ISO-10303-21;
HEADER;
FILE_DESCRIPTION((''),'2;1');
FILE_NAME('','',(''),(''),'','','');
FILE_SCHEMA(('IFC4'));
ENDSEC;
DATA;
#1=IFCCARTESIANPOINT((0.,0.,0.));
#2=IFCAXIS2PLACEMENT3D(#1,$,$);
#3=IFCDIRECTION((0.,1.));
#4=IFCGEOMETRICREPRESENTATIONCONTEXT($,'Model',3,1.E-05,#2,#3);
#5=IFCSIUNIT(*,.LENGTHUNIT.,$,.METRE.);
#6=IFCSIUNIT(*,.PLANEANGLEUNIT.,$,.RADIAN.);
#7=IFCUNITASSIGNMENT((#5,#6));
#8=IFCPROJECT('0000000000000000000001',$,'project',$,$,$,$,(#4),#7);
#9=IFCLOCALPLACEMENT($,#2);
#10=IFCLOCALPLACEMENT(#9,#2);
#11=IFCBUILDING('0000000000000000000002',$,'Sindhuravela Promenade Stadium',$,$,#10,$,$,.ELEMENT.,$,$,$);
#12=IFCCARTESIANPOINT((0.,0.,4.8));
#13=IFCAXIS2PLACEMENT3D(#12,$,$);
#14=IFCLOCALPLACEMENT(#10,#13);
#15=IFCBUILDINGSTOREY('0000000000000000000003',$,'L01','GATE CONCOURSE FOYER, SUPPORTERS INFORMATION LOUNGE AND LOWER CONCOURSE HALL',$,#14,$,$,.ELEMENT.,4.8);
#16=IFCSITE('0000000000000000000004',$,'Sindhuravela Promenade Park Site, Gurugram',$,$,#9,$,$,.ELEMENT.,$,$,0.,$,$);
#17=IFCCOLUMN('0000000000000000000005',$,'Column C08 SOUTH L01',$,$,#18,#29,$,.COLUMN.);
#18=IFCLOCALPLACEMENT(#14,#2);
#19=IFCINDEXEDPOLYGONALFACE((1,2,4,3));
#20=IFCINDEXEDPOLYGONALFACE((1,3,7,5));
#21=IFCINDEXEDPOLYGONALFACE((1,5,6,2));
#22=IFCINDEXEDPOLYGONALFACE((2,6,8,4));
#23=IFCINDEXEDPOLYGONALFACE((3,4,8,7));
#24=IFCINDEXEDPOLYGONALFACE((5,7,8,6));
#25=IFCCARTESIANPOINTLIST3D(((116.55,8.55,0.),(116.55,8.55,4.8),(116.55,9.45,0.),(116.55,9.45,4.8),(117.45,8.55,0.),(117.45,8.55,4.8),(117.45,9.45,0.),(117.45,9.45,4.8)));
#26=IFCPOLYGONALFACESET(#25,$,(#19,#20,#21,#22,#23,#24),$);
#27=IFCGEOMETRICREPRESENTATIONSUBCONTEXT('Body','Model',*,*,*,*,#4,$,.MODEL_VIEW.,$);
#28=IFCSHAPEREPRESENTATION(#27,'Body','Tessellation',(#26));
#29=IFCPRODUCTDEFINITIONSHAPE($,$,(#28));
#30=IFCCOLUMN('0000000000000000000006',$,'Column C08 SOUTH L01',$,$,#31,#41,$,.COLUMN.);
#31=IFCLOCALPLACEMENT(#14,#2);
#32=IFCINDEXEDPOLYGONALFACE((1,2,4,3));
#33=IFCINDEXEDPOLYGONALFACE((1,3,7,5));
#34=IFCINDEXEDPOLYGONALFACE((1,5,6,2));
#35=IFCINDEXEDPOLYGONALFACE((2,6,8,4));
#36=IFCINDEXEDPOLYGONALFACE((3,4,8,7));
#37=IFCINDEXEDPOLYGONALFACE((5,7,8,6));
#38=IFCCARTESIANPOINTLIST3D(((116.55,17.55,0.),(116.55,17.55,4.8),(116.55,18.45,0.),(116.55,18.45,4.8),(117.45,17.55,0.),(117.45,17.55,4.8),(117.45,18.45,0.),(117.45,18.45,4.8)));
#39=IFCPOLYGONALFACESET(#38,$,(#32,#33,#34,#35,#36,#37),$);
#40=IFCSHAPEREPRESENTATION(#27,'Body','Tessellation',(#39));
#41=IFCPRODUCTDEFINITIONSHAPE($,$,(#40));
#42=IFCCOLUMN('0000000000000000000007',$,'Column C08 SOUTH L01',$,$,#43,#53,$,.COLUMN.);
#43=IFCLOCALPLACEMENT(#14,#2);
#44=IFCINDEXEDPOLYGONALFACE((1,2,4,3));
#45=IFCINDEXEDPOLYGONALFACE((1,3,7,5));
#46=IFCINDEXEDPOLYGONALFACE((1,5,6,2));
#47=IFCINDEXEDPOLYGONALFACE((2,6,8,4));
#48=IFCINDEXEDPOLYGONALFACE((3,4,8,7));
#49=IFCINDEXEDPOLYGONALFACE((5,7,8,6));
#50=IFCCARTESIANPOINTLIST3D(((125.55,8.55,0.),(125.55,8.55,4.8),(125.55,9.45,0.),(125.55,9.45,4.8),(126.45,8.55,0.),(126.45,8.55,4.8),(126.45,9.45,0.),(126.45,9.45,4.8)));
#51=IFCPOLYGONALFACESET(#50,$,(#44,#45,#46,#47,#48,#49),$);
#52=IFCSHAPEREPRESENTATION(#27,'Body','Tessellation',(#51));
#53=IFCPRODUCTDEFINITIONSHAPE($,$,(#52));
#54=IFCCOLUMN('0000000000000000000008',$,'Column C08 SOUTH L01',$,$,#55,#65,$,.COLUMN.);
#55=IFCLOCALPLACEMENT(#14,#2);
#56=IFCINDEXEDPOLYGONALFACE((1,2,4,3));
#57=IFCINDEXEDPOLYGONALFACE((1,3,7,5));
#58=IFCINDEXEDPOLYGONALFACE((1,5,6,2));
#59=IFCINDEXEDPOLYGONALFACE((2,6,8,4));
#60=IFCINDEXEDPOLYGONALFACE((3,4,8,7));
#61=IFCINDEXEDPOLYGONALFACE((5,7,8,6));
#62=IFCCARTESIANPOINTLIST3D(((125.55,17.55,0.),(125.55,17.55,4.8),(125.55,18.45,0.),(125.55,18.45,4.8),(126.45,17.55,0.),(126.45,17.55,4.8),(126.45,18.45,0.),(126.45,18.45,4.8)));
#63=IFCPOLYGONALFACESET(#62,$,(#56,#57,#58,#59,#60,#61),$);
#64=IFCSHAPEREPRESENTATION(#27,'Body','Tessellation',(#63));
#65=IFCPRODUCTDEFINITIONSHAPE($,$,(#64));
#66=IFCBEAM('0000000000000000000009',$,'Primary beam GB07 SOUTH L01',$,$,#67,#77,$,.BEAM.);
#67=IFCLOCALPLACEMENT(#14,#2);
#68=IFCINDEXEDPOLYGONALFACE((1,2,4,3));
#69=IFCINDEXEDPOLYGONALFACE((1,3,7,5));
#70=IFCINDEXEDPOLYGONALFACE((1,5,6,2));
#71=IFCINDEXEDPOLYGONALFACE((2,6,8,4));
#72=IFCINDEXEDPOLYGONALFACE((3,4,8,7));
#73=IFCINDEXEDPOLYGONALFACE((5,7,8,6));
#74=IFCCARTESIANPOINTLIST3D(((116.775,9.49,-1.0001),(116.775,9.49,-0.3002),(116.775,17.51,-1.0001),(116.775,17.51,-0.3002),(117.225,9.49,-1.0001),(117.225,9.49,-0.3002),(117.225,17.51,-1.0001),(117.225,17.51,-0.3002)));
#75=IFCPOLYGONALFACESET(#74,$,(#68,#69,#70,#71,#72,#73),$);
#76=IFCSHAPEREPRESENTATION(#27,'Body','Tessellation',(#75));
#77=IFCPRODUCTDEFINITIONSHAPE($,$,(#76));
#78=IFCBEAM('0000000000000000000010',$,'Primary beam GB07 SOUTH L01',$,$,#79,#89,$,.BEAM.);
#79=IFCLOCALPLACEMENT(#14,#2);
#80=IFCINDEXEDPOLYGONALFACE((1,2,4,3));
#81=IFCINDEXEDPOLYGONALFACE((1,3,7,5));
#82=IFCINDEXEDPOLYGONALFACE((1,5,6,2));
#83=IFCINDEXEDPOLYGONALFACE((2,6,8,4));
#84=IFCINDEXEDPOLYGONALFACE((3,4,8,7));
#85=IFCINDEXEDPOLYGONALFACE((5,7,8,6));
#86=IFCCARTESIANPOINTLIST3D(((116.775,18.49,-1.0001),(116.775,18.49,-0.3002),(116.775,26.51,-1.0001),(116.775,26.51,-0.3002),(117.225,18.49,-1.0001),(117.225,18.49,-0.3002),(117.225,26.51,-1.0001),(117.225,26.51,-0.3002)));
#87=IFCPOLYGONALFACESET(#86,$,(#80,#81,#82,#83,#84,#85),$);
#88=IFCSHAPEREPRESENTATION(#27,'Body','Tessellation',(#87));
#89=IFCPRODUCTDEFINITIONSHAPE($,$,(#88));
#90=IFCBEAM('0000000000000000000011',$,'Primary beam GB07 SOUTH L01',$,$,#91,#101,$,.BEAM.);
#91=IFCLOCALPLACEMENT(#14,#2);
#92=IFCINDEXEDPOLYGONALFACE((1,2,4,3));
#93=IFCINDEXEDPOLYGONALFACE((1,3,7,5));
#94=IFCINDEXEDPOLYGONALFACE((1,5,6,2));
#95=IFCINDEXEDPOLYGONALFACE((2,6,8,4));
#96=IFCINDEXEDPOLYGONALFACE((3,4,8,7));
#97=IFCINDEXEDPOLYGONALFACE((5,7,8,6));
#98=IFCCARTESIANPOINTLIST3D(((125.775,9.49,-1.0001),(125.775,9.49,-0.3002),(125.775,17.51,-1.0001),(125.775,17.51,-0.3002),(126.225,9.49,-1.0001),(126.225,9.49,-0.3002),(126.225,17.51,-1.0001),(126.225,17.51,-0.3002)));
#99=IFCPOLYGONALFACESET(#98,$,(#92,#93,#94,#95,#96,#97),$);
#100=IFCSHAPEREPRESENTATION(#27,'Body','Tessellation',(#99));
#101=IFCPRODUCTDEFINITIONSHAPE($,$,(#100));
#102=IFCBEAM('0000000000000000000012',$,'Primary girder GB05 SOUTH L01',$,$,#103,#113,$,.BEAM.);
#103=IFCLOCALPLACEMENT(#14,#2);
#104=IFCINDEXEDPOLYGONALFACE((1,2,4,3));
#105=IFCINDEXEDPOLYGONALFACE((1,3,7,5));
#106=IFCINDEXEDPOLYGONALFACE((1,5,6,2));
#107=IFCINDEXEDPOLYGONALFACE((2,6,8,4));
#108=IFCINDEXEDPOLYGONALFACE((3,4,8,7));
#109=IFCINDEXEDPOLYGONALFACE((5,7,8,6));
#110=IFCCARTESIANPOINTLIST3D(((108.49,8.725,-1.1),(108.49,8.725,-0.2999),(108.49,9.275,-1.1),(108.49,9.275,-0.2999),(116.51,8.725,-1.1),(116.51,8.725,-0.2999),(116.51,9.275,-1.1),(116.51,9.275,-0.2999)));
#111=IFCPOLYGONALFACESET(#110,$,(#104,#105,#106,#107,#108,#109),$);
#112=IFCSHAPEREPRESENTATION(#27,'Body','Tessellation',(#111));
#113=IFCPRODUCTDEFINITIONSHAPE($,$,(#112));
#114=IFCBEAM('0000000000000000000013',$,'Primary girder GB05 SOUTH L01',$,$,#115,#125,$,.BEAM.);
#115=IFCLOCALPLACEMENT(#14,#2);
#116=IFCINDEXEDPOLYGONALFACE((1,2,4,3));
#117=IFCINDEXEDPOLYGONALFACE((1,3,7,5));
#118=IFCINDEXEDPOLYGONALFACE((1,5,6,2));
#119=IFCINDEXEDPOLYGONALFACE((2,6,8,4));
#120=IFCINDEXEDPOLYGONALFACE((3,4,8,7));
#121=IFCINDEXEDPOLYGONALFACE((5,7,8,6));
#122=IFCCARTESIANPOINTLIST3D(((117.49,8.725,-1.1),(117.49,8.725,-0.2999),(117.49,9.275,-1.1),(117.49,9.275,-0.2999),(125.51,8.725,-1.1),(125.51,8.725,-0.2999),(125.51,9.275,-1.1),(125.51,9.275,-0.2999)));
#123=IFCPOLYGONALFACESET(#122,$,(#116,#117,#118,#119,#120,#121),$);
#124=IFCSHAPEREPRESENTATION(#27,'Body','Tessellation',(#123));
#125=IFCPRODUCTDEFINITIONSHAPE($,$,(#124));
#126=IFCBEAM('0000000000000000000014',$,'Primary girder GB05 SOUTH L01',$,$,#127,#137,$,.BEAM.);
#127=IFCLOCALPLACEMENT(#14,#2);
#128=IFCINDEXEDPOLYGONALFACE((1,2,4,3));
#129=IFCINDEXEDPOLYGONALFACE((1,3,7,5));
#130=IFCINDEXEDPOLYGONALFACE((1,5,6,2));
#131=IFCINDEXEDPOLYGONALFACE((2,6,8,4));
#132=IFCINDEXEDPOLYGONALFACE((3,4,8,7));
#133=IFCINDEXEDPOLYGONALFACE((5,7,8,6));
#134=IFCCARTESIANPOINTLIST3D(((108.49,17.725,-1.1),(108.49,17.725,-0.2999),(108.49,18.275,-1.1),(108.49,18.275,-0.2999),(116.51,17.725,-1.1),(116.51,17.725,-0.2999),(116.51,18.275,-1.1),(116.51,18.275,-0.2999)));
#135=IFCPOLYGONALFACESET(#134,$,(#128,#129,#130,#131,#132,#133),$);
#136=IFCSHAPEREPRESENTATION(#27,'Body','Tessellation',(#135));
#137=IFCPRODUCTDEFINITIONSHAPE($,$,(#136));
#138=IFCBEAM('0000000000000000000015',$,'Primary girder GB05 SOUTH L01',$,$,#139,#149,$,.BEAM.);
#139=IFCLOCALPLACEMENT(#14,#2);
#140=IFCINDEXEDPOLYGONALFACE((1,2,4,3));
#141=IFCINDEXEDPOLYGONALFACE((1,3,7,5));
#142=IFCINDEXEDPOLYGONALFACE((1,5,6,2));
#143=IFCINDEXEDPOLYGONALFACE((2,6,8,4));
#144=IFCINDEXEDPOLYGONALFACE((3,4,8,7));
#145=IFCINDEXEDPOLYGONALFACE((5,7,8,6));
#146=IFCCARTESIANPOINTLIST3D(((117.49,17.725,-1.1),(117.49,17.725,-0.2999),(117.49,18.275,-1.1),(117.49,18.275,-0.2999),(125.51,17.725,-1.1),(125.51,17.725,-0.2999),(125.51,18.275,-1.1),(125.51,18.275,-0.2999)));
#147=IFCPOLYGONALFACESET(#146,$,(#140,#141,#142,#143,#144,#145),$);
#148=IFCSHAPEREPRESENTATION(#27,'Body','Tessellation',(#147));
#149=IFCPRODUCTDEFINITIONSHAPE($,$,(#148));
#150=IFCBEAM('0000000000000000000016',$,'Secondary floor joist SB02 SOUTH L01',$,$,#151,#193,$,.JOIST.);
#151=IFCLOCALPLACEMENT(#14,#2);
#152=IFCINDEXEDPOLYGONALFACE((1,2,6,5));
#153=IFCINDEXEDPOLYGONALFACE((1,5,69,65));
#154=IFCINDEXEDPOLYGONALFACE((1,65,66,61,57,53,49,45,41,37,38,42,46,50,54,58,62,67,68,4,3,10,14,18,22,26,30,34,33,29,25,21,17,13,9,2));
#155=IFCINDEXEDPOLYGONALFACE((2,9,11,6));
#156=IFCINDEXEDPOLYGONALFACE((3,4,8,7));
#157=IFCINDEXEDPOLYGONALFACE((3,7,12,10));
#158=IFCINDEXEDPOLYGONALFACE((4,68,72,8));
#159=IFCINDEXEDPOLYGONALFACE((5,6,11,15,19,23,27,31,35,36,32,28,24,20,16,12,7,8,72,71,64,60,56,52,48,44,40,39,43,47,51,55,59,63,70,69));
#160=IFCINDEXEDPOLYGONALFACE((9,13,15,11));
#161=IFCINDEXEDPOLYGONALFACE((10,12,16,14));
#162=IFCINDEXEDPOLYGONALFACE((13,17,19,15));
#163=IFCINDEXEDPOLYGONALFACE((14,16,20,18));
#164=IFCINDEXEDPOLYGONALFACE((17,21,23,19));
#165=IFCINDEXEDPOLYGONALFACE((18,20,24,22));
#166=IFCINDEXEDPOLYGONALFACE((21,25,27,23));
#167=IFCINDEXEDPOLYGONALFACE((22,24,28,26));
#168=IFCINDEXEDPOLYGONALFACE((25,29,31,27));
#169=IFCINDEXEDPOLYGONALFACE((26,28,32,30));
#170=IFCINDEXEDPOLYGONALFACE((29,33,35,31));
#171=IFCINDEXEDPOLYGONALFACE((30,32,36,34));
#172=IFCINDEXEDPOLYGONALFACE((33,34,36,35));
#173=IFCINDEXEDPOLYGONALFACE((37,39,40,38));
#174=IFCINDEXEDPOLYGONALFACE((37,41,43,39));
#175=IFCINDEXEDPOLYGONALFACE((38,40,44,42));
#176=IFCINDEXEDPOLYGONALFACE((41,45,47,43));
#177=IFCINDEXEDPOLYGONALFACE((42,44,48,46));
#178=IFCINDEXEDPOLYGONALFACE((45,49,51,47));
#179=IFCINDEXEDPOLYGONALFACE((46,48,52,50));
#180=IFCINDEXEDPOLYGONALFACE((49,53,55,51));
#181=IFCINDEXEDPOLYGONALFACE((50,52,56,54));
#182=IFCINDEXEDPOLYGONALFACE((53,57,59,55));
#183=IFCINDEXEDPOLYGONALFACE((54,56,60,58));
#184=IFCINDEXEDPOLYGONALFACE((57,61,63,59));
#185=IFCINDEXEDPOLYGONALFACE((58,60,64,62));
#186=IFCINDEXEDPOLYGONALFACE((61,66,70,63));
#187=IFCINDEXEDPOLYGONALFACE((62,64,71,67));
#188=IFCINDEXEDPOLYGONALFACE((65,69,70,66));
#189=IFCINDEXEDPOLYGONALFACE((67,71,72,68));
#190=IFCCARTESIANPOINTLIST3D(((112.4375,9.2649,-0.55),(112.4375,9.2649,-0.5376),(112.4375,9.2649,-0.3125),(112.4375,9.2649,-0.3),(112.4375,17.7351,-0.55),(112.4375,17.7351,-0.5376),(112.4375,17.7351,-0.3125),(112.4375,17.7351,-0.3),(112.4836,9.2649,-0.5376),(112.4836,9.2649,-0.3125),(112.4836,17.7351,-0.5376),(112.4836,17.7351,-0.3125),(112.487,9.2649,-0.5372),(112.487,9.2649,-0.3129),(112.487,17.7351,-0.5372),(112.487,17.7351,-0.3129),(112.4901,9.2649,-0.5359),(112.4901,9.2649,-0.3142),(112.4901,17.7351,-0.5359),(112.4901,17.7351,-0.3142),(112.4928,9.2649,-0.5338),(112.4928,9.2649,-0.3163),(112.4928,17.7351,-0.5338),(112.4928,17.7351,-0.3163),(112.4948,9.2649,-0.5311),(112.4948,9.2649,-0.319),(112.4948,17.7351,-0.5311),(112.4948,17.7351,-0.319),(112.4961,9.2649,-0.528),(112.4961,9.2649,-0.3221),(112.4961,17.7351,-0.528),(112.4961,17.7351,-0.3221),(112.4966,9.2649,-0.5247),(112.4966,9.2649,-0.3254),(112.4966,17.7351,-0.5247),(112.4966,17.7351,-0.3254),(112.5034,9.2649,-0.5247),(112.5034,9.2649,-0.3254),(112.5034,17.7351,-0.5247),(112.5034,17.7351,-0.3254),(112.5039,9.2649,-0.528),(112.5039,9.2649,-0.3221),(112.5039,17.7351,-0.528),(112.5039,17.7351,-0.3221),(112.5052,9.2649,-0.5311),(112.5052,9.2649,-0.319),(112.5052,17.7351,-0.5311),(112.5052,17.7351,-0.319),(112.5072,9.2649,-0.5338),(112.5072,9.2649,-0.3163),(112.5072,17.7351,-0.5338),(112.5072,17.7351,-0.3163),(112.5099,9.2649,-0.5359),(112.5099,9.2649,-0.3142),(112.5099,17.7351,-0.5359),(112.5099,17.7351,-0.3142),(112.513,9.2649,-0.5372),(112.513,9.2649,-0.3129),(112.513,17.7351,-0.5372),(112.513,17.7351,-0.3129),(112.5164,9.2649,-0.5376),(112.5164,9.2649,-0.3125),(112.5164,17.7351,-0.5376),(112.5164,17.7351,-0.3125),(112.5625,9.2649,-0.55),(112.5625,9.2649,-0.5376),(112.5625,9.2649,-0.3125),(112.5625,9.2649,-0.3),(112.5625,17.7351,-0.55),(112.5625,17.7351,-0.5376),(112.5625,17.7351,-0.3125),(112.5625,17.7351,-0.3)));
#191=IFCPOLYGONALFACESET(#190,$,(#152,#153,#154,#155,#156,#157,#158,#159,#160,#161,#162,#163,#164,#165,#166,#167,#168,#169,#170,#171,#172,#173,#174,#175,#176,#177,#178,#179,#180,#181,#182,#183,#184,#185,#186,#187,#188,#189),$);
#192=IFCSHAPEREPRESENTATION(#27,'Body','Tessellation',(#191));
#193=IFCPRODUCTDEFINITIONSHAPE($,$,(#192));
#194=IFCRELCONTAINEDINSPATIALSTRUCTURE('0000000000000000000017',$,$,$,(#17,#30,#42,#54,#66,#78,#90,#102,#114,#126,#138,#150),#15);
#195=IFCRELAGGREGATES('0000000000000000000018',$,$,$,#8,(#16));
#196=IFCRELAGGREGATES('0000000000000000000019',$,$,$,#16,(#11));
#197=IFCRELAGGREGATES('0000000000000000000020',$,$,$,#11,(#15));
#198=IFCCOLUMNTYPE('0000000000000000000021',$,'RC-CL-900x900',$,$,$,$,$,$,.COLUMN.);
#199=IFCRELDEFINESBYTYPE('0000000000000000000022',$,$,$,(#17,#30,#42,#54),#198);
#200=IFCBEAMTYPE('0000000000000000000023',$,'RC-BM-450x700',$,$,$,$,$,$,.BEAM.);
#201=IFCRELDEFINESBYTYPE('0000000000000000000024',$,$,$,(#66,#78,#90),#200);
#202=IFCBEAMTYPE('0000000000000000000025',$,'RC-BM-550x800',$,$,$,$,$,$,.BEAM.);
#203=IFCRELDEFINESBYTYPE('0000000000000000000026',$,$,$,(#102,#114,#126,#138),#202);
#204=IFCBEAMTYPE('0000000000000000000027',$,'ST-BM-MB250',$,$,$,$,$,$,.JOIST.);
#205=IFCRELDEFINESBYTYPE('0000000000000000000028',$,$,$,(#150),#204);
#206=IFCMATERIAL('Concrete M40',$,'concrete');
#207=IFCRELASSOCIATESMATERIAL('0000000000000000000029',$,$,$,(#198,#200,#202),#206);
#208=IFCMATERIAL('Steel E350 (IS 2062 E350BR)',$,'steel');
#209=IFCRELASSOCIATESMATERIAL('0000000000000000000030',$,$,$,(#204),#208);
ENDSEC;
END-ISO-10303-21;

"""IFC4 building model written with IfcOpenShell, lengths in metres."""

from ifc_helpers import new_model, si_unit, direction, frame, origin, origin_2d, place, context, subcontext, project, spatial, rectangle, i_section, extrude, material, material_profile, profile_set, type_object, element, save


model = new_model("IFC4")

# Units and contexts
model_context = context("Model", 3, precision=1e-05, world=origin(), true_north=direction((0.0, 1.0)))
body_context = subcontext(model_context, "Body", "Model", "MODEL_VIEW")
ifc_project = project(units=[si_unit("LENGTHUNIT", "METRE"), si_unit("PLANEANGLEUNIT", "RADIAN")], contexts=[model_context])

# Site, building, storey
site_placement = place(None, origin())
site = spatial("IfcSite", under=ifc_project, at=site_placement, Name="Sindhuravela Promenade Park Site, Gurugram", CompositionType="ELEMENT", RefElevation=0.0)
building_placement = place(site_placement, origin())
building = spatial("IfcBuilding", under=site, at=building_placement, Name="Sindhuravela Promenade Stadium", CompositionType="ELEMENT")
storey_placement = place(building_placement, frame((0.0, 0.0, 4.8)))
storey = spatial("IfcBuildingStorey", under=building, at=storey_placement, Name="L01", Description="GATE CONCOURSE FOYER, SUPPORTERS INFORMATION LOUNGE AND LOWER CONCOURSE HALL", CompositionType="ELEMENT", Elevation=4.8)

# Columns
ifc_material_1 = material(Name="Concrete M40", Category="concrete")
ifc_material_profile_1 = material_profile(ifc_material_1, rectangle(XDim=0.8999, YDim=0.8999, at=origin_2d()), Name="RC 900x900")
ifc_profile_set_1 = profile_set([ifc_material_profile_1], Name="Concrete M40")
column_type = type_object("IfcColumnType", Name="RC-CL-900x900", PredefinedType="COLUMN", material=ifc_profile_set_1)
for number, where, z_axis, x_axis, name in (
    (1, (117.0, 9.0, 0.0), (0.0, 0.0, 1.0), (1.0, 0.0, 0.0), "Column C08 SOUTH L01"),
    (2, (117.0, 18.0, 0.0), (0.0, 0.0, 1.0), (1.0, 0.0, 0.0), "Column C08 SOUTH L01"),
    (3, (126.0, 9.0, 0.0), (0.0, 0.0, 1.0), (1.0, 0.0, 0.0), "Column C08 SOUTH L01"),
    (4, (126.0, 18.0, 0.0), (0.0, 0.0, 1.0), (1.0, 0.0, 0.0), "Column C08 SOUTH L01"),
):
    element("IfcColumn", number, at=place(storey_placement, frame(where, z_axis=z_axis, x_axis=x_axis)), inside=storey, type_object=column_type, Name=name, PredefinedType="COLUMN", context=body_context, shape_type="SweptSolid", body=[
        extrude(rectangle(XDim=0.8999, YDim=0.8999, at=origin_2d()), origin(), (0.0, 0.0, 1.0), 4.8),
    ])

# Beams
ifc_material_profile_2 = material_profile(ifc_material_1, rectangle(XDim=0.45, YDim=0.7, at=origin_2d()), Name="RC 450x700")
ifc_profile_set_2 = profile_set([ifc_material_profile_2], Name="Concrete M40")
beam_type_1 = type_object("IfcBeamType", Name="RC-BM-450x700", PredefinedType="BEAM", material=ifc_profile_set_2)
for number, where, z_axis, x_axis, name in (
    (5, (117.0, 9.49, -0.6501), (0.0, 1.0, 0.0), (-1.0, 0.0, 0.0), "Primary beam GB07 SOUTH L01"),
    (6, (117.0, 18.49, -0.6501), (0.0, 1.0, 0.0), (-1.0, 0.0, 0.0), "Primary beam GB07 SOUTH L01"),
    (7, (126.0, 9.49, -0.6501), (0.0, 1.0, 0.0), (-1.0, 0.0, 0.0), "Primary beam GB07 SOUTH L01"),
):
    element("IfcBeam", number, at=place(storey_placement, frame(where, z_axis=z_axis, x_axis=x_axis)), inside=storey, type_object=beam_type_1, Name=name, PredefinedType="BEAM", context=body_context, shape_type="SweptSolid", body=[
        extrude(rectangle(XDim=0.45, YDim=0.7, at=origin_2d()), origin(), (0.0, 0.0, 1.0), 8.02),
    ])
ifc_material_profile_3 = material_profile(ifc_material_1, rectangle(XDim=0.55, YDim=0.8, at=origin_2d()), Name="RC 550x800")
ifc_profile_set_3 = profile_set([ifc_material_profile_3], Name="Concrete M40")
beam_type_2 = type_object("IfcBeamType", Name="RC-BM-550x800", PredefinedType="BEAM", material=ifc_profile_set_3)
for number, where, z_axis, x_axis, name in (
    (8, (108.49, 9.0, -0.7), (1.0, 0.0, 0.0), (0.0, 1.0, 0.0), "Primary girder GB05 SOUTH L01"),
    (9, (117.49, 9.0, -0.7), (1.0, 0.0, 0.0), (0.0, 1.0, 0.0), "Primary girder GB05 SOUTH L01"),
    (10, (108.49, 18.0, -0.7), (1.0, 0.0, 0.0), (0.0, 1.0, 0.0), "Primary girder GB05 SOUTH L01"),
    (11, (117.49, 18.0, -0.7), (1.0, 0.0, 0.0), (0.0, 1.0, 0.0), "Primary girder GB05 SOUTH L01"),
):
    element("IfcBeam", number, at=place(storey_placement, frame(where, z_axis=z_axis, x_axis=x_axis)), inside=storey, type_object=beam_type_2, Name=name, PredefinedType="BEAM", context=body_context, shape_type="SweptSolid", body=[
        extrude(rectangle(XDim=0.55, YDim=0.8, at=origin_2d()), origin(), (0.0, 0.0, 1.0), 8.02),
    ])
ifc_material_2 = material(Name="Steel E350 (IS 2062 E350BR)", Category="steel")
ifc_material_profile_4 = material_profile(ifc_material_2, i_section(OverallWidth=0.125, OverallDepth=0.25, WebThickness=0.0068, FlangeThickness=0.0125, FilletRadius=0.0129, at=origin_2d()), Name="ISMB 250")
ifc_profile_set_4 = profile_set([ifc_material_profile_4], Name="Steel E350 (IS 2062 E350BR)")
beam_type_3 = type_object("IfcBeamType", Name="ST-BM-MB250", PredefinedType="JOIST", material=ifc_profile_set_4)
beam_1_placement = place(storey_placement, frame((112.5, 9.2649, -0.425), z_axis=(0.0, 1.0, 0.0), x_axis=(-1.0, 0.0, 0.0)))
element("IfcBeam", 12, at=beam_1_placement, inside=storey, type_object=beam_type_3, Name="Secondary floor joist SB02 SOUTH L01", PredefinedType="JOIST", context=body_context, shape_type="SweptSolid", body=[
    extrude(i_section(OverallWidth=0.125, OverallDepth=0.25, WebThickness=0.0068, FlangeThickness=0.0125, FilletRadius=0.0129, at=origin_2d()), origin(), (0.0, 0.0, 1.0), 8.4702),
])

save(model, "model.ifc")
